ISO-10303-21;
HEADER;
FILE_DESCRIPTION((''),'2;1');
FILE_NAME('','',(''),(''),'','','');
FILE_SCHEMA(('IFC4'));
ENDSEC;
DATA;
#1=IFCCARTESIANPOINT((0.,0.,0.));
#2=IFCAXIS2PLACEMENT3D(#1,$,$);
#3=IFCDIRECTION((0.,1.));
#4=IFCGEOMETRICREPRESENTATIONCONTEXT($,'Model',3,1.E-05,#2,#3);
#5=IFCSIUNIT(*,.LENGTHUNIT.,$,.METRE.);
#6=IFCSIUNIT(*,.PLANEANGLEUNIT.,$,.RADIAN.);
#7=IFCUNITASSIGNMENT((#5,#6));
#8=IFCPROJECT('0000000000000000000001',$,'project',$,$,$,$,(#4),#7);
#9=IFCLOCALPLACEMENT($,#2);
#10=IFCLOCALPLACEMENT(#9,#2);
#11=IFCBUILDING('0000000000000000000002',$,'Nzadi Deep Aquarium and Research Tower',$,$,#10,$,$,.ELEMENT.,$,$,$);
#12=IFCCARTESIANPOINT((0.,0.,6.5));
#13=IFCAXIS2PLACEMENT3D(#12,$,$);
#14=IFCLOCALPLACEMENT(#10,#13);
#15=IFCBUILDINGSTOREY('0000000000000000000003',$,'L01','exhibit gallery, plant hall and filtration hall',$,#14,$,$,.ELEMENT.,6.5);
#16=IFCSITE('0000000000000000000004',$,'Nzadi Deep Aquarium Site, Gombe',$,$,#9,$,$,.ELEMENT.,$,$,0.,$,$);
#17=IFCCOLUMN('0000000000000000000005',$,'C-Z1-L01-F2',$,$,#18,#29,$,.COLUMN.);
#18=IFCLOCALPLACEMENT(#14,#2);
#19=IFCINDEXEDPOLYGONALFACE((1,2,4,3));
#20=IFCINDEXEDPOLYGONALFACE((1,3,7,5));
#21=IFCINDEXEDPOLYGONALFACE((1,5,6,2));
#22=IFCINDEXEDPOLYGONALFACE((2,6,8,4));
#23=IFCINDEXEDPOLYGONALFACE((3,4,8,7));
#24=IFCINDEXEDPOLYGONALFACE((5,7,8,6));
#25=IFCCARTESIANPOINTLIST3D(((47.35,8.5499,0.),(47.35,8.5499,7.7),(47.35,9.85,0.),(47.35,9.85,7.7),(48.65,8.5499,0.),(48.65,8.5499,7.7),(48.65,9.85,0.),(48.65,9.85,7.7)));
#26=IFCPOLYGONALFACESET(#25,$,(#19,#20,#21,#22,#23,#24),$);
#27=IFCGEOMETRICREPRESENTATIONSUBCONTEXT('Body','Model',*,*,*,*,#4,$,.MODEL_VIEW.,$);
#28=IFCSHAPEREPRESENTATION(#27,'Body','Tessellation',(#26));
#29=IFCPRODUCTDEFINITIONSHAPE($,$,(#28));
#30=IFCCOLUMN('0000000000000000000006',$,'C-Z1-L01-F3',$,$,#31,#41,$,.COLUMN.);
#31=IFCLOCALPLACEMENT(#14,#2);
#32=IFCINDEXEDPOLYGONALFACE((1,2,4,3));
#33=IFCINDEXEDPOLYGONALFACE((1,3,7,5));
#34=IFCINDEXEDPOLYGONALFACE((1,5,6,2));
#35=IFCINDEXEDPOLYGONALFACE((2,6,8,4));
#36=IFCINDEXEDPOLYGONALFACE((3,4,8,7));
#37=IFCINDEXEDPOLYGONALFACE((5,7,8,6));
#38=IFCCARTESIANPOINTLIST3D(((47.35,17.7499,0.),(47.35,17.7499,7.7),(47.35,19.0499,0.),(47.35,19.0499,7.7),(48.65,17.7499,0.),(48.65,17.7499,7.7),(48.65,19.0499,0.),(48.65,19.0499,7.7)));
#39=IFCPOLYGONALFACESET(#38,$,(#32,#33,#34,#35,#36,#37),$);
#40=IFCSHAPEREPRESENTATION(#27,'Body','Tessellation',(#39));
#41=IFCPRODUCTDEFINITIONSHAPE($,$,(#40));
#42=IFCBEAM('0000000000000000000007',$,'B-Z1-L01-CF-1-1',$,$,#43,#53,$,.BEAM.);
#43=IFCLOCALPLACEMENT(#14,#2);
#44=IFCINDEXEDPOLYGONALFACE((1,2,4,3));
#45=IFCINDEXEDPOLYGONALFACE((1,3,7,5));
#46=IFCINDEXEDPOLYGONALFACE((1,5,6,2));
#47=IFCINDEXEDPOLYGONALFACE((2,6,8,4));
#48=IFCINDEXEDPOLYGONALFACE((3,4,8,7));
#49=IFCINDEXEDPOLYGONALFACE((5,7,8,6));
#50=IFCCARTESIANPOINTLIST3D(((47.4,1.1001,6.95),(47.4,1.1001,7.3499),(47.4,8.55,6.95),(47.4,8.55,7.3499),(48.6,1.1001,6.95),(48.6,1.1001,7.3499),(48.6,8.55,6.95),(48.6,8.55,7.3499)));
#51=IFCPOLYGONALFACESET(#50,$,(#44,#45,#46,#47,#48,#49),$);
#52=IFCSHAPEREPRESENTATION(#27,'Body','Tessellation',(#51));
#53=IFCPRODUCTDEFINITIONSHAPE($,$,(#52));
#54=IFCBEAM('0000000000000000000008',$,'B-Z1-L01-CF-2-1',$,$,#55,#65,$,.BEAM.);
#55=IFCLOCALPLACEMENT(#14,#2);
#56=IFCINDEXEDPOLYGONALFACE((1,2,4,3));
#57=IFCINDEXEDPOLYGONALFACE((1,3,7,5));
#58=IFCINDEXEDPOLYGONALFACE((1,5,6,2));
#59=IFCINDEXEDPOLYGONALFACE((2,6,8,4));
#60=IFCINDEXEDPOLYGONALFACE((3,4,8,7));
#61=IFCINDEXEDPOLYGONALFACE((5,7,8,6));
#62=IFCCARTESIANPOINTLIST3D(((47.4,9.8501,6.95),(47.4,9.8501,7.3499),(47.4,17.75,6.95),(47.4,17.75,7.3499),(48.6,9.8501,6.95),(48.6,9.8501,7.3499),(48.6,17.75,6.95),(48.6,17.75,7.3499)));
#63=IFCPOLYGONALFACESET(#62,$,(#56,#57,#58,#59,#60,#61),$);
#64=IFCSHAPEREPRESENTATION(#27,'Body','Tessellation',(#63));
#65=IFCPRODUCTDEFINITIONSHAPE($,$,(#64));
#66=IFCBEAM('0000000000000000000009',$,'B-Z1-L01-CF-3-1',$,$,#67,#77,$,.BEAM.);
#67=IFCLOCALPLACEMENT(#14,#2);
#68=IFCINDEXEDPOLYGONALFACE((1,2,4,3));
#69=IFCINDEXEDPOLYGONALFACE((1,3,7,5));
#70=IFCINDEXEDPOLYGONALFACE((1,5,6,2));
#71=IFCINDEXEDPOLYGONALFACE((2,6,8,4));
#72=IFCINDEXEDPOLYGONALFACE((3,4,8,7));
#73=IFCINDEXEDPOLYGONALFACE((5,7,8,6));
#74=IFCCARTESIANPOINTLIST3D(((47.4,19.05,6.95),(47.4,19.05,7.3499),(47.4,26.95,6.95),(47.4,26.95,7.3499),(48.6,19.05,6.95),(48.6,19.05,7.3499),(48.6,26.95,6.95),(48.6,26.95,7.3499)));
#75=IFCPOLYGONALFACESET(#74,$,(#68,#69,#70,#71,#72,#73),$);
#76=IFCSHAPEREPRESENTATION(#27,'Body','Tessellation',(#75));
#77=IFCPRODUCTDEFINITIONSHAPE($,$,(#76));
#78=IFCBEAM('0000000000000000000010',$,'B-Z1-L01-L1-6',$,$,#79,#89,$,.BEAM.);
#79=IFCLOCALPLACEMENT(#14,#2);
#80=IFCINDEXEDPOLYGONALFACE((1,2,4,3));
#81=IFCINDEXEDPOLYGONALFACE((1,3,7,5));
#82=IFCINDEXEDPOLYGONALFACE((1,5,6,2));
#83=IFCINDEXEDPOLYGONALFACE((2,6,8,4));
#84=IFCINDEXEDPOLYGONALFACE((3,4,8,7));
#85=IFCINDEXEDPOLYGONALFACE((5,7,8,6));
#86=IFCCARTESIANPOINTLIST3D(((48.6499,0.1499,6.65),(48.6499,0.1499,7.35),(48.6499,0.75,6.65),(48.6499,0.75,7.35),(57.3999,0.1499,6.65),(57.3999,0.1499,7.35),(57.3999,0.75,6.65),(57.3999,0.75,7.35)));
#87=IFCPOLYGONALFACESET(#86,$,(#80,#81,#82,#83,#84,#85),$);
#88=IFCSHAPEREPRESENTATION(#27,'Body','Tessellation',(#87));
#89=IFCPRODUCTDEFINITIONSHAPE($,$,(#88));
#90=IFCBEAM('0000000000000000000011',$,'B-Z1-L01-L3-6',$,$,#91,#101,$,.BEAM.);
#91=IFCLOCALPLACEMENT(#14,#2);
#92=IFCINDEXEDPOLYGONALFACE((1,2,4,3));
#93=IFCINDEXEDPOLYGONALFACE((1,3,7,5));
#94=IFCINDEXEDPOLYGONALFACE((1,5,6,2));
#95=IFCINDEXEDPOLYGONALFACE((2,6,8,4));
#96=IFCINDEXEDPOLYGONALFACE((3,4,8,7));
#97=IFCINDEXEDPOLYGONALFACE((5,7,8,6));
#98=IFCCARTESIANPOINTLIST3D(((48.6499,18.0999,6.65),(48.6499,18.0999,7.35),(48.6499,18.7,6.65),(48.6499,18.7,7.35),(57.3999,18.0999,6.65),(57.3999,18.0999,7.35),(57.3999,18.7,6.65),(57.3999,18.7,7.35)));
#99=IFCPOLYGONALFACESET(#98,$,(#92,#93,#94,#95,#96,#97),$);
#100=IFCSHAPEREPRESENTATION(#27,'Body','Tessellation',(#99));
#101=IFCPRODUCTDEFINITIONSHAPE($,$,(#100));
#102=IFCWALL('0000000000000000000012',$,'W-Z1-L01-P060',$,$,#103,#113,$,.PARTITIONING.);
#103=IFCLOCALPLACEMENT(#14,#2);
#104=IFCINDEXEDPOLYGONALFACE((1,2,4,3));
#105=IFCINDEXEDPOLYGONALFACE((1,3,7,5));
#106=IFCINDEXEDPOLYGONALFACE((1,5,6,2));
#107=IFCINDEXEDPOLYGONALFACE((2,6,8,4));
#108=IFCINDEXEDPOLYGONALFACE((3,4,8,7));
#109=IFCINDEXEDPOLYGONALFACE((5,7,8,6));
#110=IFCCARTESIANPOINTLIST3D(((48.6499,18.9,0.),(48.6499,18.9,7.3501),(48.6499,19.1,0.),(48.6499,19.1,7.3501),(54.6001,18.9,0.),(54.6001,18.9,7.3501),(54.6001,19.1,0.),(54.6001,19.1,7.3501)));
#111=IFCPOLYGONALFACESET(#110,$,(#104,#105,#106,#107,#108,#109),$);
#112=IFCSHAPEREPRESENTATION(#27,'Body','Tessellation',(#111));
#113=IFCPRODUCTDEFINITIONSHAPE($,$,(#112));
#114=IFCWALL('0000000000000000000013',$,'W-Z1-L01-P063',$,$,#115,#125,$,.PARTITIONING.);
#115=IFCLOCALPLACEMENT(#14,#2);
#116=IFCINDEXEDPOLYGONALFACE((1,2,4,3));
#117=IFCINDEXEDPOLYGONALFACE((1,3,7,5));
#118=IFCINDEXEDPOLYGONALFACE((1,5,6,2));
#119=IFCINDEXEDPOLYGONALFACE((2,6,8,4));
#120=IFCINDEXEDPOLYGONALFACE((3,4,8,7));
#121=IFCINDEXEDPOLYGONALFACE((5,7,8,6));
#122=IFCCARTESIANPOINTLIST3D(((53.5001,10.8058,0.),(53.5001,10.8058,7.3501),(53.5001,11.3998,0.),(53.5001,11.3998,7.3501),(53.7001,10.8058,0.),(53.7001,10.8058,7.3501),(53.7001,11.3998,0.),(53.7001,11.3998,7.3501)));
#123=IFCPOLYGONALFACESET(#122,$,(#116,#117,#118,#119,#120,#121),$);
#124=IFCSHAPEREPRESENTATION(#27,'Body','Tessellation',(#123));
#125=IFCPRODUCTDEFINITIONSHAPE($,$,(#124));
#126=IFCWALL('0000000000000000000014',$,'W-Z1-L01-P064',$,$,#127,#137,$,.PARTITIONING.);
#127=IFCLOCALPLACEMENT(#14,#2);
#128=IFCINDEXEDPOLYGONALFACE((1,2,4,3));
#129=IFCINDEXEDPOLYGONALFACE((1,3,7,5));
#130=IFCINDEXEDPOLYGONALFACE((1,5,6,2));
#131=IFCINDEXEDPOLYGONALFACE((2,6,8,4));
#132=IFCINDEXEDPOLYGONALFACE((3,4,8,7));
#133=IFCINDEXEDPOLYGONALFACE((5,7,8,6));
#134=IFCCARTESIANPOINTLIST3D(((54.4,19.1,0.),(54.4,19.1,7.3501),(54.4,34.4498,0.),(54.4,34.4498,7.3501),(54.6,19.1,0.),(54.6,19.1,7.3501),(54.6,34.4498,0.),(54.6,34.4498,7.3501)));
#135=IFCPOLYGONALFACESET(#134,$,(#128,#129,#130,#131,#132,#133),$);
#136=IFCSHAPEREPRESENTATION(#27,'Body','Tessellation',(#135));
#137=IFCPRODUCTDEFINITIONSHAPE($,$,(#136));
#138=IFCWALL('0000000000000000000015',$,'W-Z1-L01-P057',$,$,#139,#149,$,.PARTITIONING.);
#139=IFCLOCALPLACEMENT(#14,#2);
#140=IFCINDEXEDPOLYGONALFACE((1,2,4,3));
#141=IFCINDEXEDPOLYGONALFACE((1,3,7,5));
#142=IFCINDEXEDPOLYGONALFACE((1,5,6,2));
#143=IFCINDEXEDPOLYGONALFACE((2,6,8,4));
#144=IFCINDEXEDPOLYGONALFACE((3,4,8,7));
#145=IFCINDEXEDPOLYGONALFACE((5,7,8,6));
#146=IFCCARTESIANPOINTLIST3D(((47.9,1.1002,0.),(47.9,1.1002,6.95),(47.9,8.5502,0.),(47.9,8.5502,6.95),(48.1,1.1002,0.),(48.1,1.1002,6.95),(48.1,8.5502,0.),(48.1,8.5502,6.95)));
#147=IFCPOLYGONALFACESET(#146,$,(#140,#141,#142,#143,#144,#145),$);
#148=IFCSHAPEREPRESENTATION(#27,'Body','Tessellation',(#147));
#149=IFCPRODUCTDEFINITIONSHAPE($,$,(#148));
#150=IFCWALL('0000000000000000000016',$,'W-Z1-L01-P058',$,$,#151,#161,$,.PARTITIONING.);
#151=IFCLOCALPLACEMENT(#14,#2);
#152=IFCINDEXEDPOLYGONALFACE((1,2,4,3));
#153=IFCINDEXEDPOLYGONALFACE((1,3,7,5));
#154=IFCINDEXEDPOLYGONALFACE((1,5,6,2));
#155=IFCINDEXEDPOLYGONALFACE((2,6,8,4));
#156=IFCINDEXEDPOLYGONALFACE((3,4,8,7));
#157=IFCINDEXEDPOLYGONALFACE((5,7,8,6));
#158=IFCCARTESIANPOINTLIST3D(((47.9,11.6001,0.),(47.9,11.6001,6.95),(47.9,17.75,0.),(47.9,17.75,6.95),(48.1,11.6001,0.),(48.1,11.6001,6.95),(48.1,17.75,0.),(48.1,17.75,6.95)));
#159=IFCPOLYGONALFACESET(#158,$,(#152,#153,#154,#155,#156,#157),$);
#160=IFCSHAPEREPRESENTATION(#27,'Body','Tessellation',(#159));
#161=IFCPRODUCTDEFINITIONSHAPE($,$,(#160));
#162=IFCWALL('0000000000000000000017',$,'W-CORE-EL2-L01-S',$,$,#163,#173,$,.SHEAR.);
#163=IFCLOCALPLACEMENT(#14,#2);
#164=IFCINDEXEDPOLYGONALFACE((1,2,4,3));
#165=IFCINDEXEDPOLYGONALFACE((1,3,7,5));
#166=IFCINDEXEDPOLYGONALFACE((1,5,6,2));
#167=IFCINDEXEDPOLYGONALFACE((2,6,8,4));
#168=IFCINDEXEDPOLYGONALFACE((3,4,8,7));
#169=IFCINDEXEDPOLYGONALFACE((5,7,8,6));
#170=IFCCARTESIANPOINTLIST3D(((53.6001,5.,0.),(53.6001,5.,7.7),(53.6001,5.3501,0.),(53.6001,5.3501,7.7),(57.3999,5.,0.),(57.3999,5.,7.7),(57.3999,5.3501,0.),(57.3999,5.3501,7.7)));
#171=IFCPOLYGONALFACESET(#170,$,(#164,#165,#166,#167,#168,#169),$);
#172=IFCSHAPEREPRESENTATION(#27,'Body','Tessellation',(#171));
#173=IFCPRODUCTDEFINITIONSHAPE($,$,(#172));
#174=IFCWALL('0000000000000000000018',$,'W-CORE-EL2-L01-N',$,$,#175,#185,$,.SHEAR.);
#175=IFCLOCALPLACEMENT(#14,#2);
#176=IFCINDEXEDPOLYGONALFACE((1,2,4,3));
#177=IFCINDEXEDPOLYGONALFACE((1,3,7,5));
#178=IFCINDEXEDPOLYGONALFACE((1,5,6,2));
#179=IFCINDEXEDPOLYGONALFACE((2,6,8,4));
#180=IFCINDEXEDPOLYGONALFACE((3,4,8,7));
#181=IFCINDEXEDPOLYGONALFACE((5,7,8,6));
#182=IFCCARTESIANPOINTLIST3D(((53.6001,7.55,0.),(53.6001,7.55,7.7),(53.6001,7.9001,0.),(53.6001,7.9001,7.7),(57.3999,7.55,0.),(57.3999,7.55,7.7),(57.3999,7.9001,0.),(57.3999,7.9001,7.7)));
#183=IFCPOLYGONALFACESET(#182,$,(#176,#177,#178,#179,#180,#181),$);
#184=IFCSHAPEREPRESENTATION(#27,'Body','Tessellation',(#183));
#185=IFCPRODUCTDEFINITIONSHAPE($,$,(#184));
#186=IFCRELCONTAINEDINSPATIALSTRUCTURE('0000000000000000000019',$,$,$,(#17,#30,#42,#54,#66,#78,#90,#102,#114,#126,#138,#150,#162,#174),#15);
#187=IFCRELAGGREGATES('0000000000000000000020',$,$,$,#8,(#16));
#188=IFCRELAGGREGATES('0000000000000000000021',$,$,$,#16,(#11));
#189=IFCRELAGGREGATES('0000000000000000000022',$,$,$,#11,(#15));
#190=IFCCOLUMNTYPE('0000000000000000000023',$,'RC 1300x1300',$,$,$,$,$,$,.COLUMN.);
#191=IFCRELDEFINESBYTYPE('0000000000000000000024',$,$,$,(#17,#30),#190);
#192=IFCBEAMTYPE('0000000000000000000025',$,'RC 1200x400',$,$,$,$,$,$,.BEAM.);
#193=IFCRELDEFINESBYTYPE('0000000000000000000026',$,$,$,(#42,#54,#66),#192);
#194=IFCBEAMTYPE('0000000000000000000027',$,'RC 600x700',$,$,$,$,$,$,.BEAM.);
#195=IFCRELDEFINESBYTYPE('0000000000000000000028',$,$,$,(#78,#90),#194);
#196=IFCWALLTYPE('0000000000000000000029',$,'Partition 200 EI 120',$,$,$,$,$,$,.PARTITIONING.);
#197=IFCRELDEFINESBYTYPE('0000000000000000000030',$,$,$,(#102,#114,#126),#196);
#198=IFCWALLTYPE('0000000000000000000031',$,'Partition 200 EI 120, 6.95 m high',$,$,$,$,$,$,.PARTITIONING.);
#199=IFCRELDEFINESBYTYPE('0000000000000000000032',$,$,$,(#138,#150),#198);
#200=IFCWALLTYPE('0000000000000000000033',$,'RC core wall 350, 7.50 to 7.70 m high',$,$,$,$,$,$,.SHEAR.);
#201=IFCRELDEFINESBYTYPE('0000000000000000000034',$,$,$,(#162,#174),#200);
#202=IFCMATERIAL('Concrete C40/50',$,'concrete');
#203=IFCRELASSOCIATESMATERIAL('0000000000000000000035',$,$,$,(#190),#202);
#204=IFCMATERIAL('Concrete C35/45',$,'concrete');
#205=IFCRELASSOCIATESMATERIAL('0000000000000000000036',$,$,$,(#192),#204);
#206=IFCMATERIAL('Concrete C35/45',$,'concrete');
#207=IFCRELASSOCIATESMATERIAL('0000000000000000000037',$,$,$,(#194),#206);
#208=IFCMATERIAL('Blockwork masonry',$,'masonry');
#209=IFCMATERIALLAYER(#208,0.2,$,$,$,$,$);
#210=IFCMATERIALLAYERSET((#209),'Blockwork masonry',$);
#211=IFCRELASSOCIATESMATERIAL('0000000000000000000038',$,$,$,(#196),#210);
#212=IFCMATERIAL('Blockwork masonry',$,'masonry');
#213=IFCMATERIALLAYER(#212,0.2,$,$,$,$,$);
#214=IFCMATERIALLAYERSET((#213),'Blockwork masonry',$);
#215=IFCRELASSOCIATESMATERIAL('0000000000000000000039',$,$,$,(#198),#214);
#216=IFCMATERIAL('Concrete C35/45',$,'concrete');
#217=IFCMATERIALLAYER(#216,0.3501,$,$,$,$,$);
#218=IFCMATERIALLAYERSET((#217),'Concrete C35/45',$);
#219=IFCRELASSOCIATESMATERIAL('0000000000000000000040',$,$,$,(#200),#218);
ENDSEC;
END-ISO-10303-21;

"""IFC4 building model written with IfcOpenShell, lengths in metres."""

from ifc_helpers import new_model, si_unit, direction, frame, frame_2d, origin, origin_2d, place, context, subcontext, project, spatial, rectangle, extrude, material, layer, layer_set, material_profile, profile_set, type_object, element, save


model = new_model("IFC4")

# Units and contexts
model_context = context("Model", 3, precision=1e-05, world=origin(), true_north=direction((0.0, 1.0)))
body_context = subcontext(model_context, "Body", "Model", "MODEL_VIEW")
ifc_project = project(units=[si_unit("LENGTHUNIT", "METRE"), si_unit("PLANEANGLEUNIT", "RADIAN")], contexts=[model_context])

# Site, building, storey
site_placement = place(None, origin())
site = spatial("IfcSite", under=ifc_project, at=site_placement, Name="Nzadi Deep Aquarium Site, Gombe", CompositionType="ELEMENT", RefElevation=0.0)
building_placement = place(site_placement, origin())
building = spatial("IfcBuilding", under=site, at=building_placement, Name="Nzadi Deep Aquarium and Research Tower", CompositionType="ELEMENT")
storey_placement = place(building_placement, frame((0.0, 0.0, 6.5)))
storey = spatial("IfcBuildingStorey", under=building, at=storey_placement, Name="L01", Description="exhibit gallery, plant hall and filtration hall", CompositionType="ELEMENT", Elevation=6.5)

# Columns
ifc_material_1 = material(Name="Concrete C40/50", Category="concrete")
ifc_material_profile_1 = material_profile(ifc_material_1, rectangle(XDim=1.3, YDim=1.3, at=origin_2d()))
ifc_profile_set_1 = profile_set([ifc_material_profile_1], Name="Concrete C40/50")
column_type = type_object("IfcColumnType", Name="RC 1300x1300", PredefinedType="COLUMN", material=ifc_profile_set_1)
for number, where, z_axis, x_axis, name in (
    (1, (48.0, 9.2, 0.0), (0.0, 0.0, 1.0), (1.0, 0.0, 0.0), "C-Z1-L01-F2"),
    (2, (48.0, 18.3999, 0.0), (0.0, 0.0, 1.0), (1.0, 0.0, 0.0), "C-Z1-L01-F3"),
):
    element("IfcColumn", number, at=place(storey_placement, frame(where, z_axis=z_axis, x_axis=x_axis)), inside=storey, type_object=column_type, Name=name, PredefinedType="COLUMN", context=body_context, shape_type="SweptSolid", body=[
        extrude(rectangle(XDim=1.3, YDim=1.3, at=origin_2d()), origin(), (0.0, 0.0, 1.0), 7.7),
    ])

# Beams
ifc_material_2 = material(Name="Concrete C35/45", Category="concrete")
ifc_material_profile_2 = material_profile(ifc_material_2, rectangle(XDim=1.2, YDim=0.3999, at=origin_2d()))
ifc_profile_set_2 = profile_set([ifc_material_profile_2], Name="Concrete C35/45")
beam_type_1 = type_object("IfcBeamType", Name="RC 1200x400", PredefinedType="BEAM", material=ifc_profile_set_2)
beam_placement = place(storey_placement, frame((48.0, 1.1001, 7.1499), z_axis=(0.0, 1.0, 0.0), x_axis=(-1.0, 0.0, 0.0)))
element("IfcBeam", 3, at=beam_placement, inside=storey, type_object=beam_type_1, Name="B-Z1-L01-CF-1-1", PredefinedType="BEAM", context=body_context, shape_type="SweptSolid", body=[
    extrude(rectangle(XDim=1.2, YDim=0.3999, at=origin_2d()), origin(), (0.0, 0.0, 1.0), 7.45),
])
for number, where, z_axis, x_axis, name in (
    (4, (48.0, 9.8501, 7.1499), (0.0, 1.0, 0.0), (-1.0, 0.0, 0.0), "B-Z1-L01-CF-2-1"),
    (5, (48.0, 19.05, 7.1499), (0.0, 1.0, 0.0), (-1.0, 0.0, 0.0), "B-Z1-L01-CF-3-1"),
):
    element("IfcBeam", number, at=place(storey_placement, frame(where, z_axis=z_axis, x_axis=x_axis)), inside=storey, type_object=beam_type_1, Name=name, PredefinedType="BEAM", context=body_context, shape_type="SweptSolid", body=[
        extrude(rectangle(XDim=1.2, YDim=0.3999, at=origin_2d()), origin(), (0.0, 0.0, 1.0), 7.8999),
    ])
ifc_material_3 = material(Name="Concrete C35/45", Category="concrete")
ifc_material_profile_3 = material_profile(ifc_material_3, rectangle(XDim=0.6001, YDim=0.7, at=origin_2d()))
ifc_profile_set_3 = profile_set([ifc_material_profile_3], Name="Concrete C35/45")
beam_type_2 = type_object("IfcBeamType", Name="RC 600x700", PredefinedType="BEAM", material=ifc_profile_set_3)
for number, where, z_axis, x_axis, name in (
    (6, (48.6499, 0.45, 7.0), (1.0, 0.0, 0.0), (0.0, 1.0, 0.0), "B-Z1-L01-L1-6"),
    (7, (48.6499, 18.3999, 7.0), (1.0, 0.0, 0.0), (0.0, 1.0, 0.0), "B-Z1-L01-L3-6"),
):
    element("IfcBeam", number, at=place(storey_placement, frame(where, z_axis=z_axis, x_axis=x_axis)), inside=storey, type_object=beam_type_2, Name=name, PredefinedType="BEAM", context=body_context, shape_type="SweptSolid", body=[
        extrude(rectangle(XDim=0.6001, YDim=0.7, at=origin_2d()), origin(), (0.0, 0.0, 1.0), 8.75),
    ])

# Walls
ifc_material_4 = material(Name="Blockwork masonry", Category="masonry")
ifc_layer_1 = layer(ifc_material_4, 0.2)
ifc_layer_set_1 = layer_set([ifc_layer_1], Name="Blockwork masonry")
wall_type_1 = type_object("IfcWallType", Name="Partition 200 EI 120", PredefinedType="PARTITIONING", material=ifc_layer_set_1)
wall_1_placement = place(storey_placement, frame((48.6499, 19.0, 0.0), z_axis=(0.0, 0.0, 1.0), x_axis=(1.0, 0.0, 0.0)))
element("IfcWall", 8, at=wall_1_placement, inside=storey, type_object=wall_type_1, Name="W-Z1-L01-P060", PredefinedType="PARTITIONING", context=body_context, shape_type="SweptSolid", body=[
    extrude(rectangle(XDim=5.9502, YDim=0.2, at=frame_2d((2.9751, 0.0))), origin(), (0.0, 0.0, 1.0), 7.3501),
])
wall_2_placement = place(storey_placement, frame((53.6001, 10.8059, 0.0), z_axis=(0.0, 0.0, 1.0), x_axis=(0.0, 1.0, 0.0)))
element("IfcWall", 9, at=wall_2_placement, inside=storey, type_object=wall_type_1, Name="W-Z1-L01-P063", PredefinedType="PARTITIONING", context=body_context, shape_type="SweptSolid", body=[
    extrude(rectangle(XDim=0.594, YDim=0.2, at=frame_2d((0.2969, 0.0))), origin(), (0.0, 0.0, 1.0), 7.3501),
])
wall_3_placement = place(storey_placement, frame((54.5, 19.1001, 0.0), z_axis=(0.0, 0.0, 1.0), x_axis=(0.0, 1.0, 0.0)))
element("IfcWall", 10, at=wall_3_placement, inside=storey, type_object=wall_type_1, Name="W-Z1-L01-P064", PredefinedType="PARTITIONING", context=body_context, shape_type="SweptSolid", body=[
    extrude(rectangle(XDim=15.3499, YDim=0.2, at=frame_2d((7.6748, 0.0))), origin(), (0.0, 0.0, 1.0), 7.3501),
])
ifc_material_5 = material(Name="Blockwork masonry", Category="masonry")
ifc_layer_2 = layer(ifc_material_5, 0.2)
ifc_layer_set_2 = layer_set([ifc_layer_2], Name="Blockwork masonry")
wall_type_2 = type_object("IfcWallType", Name="Partition 200 EI 120, 6.95 m high", PredefinedType="PARTITIONING", material=ifc_layer_set_2)
wall_4_placement = place(storey_placement, frame((48.0, 1.1001, 0.0), z_axis=(0.0, 0.0, 1.0), x_axis=(0.0, 1.0, 0.0)))
element("IfcWall", 11, at=wall_4_placement, inside=storey, type_object=wall_type_2, Name="W-Z1-L01-P057", PredefinedType="PARTITIONING", context=body_context, shape_type="SweptSolid", body=[
    extrude(rectangle(XDim=7.45, YDim=0.2, at=frame_2d((3.7251, 0.0))), origin(), (0.0, 0.0, 1.0), 6.95),
])
wall_5_placement = place(storey_placement, frame((48.0, 11.6001, 0.0), z_axis=(0.0, 0.0, 1.0), x_axis=(0.0, 1.0, 0.0)))
element("IfcWall", 12, at=wall_5_placement, inside=storey, type_object=wall_type_2, Name="W-Z1-L01-P058", PredefinedType="PARTITIONING", context=body_context, shape_type="SweptSolid", body=[
    extrude(rectangle(XDim=6.1499, YDim=0.2, at=frame_2d((3.075, 0.0))), origin(), (0.0, 0.0, 1.0), 6.95),
])
ifc_material_6 = material(Name="Concrete C35/45", Category="concrete")
ifc_layer_3 = layer(ifc_material_6, 0.3501)
ifc_layer_set_3 = layer_set([ifc_layer_3], Name="Concrete C35/45")
wall_type_3 = type_object("IfcWallType", Name="RC core wall 350, 7.50 to 7.70 m high", PredefinedType="SHEAR", material=ifc_layer_set_3)
for number, where, z_axis, x_axis, name in (
    (13, (53.6001, 5.175, 0.0), (0.0, 0.0, 1.0), (1.0, 0.0, 0.0), "W-CORE-EL2-L01-S"),
    (14, (53.6001, 7.7251, 0.0), (0.0, 0.0, 1.0), (1.0, 0.0, 0.0), "W-CORE-EL2-L01-N"),
):
    element("IfcWall", number, at=place(storey_placement, frame(where, z_axis=z_axis, x_axis=x_axis)), inside=storey, type_object=wall_type_3, Name=name, PredefinedType="SHEAR", context=body_context, shape_type="SweptSolid", body=[
        extrude(rectangle(XDim=3.7998, YDim=0.3501, at=frame_2d((1.8999, 0.0))), origin(), (0.0, 0.0, 1.0), 7.7),
    ])

save(model, "model.ifc")
